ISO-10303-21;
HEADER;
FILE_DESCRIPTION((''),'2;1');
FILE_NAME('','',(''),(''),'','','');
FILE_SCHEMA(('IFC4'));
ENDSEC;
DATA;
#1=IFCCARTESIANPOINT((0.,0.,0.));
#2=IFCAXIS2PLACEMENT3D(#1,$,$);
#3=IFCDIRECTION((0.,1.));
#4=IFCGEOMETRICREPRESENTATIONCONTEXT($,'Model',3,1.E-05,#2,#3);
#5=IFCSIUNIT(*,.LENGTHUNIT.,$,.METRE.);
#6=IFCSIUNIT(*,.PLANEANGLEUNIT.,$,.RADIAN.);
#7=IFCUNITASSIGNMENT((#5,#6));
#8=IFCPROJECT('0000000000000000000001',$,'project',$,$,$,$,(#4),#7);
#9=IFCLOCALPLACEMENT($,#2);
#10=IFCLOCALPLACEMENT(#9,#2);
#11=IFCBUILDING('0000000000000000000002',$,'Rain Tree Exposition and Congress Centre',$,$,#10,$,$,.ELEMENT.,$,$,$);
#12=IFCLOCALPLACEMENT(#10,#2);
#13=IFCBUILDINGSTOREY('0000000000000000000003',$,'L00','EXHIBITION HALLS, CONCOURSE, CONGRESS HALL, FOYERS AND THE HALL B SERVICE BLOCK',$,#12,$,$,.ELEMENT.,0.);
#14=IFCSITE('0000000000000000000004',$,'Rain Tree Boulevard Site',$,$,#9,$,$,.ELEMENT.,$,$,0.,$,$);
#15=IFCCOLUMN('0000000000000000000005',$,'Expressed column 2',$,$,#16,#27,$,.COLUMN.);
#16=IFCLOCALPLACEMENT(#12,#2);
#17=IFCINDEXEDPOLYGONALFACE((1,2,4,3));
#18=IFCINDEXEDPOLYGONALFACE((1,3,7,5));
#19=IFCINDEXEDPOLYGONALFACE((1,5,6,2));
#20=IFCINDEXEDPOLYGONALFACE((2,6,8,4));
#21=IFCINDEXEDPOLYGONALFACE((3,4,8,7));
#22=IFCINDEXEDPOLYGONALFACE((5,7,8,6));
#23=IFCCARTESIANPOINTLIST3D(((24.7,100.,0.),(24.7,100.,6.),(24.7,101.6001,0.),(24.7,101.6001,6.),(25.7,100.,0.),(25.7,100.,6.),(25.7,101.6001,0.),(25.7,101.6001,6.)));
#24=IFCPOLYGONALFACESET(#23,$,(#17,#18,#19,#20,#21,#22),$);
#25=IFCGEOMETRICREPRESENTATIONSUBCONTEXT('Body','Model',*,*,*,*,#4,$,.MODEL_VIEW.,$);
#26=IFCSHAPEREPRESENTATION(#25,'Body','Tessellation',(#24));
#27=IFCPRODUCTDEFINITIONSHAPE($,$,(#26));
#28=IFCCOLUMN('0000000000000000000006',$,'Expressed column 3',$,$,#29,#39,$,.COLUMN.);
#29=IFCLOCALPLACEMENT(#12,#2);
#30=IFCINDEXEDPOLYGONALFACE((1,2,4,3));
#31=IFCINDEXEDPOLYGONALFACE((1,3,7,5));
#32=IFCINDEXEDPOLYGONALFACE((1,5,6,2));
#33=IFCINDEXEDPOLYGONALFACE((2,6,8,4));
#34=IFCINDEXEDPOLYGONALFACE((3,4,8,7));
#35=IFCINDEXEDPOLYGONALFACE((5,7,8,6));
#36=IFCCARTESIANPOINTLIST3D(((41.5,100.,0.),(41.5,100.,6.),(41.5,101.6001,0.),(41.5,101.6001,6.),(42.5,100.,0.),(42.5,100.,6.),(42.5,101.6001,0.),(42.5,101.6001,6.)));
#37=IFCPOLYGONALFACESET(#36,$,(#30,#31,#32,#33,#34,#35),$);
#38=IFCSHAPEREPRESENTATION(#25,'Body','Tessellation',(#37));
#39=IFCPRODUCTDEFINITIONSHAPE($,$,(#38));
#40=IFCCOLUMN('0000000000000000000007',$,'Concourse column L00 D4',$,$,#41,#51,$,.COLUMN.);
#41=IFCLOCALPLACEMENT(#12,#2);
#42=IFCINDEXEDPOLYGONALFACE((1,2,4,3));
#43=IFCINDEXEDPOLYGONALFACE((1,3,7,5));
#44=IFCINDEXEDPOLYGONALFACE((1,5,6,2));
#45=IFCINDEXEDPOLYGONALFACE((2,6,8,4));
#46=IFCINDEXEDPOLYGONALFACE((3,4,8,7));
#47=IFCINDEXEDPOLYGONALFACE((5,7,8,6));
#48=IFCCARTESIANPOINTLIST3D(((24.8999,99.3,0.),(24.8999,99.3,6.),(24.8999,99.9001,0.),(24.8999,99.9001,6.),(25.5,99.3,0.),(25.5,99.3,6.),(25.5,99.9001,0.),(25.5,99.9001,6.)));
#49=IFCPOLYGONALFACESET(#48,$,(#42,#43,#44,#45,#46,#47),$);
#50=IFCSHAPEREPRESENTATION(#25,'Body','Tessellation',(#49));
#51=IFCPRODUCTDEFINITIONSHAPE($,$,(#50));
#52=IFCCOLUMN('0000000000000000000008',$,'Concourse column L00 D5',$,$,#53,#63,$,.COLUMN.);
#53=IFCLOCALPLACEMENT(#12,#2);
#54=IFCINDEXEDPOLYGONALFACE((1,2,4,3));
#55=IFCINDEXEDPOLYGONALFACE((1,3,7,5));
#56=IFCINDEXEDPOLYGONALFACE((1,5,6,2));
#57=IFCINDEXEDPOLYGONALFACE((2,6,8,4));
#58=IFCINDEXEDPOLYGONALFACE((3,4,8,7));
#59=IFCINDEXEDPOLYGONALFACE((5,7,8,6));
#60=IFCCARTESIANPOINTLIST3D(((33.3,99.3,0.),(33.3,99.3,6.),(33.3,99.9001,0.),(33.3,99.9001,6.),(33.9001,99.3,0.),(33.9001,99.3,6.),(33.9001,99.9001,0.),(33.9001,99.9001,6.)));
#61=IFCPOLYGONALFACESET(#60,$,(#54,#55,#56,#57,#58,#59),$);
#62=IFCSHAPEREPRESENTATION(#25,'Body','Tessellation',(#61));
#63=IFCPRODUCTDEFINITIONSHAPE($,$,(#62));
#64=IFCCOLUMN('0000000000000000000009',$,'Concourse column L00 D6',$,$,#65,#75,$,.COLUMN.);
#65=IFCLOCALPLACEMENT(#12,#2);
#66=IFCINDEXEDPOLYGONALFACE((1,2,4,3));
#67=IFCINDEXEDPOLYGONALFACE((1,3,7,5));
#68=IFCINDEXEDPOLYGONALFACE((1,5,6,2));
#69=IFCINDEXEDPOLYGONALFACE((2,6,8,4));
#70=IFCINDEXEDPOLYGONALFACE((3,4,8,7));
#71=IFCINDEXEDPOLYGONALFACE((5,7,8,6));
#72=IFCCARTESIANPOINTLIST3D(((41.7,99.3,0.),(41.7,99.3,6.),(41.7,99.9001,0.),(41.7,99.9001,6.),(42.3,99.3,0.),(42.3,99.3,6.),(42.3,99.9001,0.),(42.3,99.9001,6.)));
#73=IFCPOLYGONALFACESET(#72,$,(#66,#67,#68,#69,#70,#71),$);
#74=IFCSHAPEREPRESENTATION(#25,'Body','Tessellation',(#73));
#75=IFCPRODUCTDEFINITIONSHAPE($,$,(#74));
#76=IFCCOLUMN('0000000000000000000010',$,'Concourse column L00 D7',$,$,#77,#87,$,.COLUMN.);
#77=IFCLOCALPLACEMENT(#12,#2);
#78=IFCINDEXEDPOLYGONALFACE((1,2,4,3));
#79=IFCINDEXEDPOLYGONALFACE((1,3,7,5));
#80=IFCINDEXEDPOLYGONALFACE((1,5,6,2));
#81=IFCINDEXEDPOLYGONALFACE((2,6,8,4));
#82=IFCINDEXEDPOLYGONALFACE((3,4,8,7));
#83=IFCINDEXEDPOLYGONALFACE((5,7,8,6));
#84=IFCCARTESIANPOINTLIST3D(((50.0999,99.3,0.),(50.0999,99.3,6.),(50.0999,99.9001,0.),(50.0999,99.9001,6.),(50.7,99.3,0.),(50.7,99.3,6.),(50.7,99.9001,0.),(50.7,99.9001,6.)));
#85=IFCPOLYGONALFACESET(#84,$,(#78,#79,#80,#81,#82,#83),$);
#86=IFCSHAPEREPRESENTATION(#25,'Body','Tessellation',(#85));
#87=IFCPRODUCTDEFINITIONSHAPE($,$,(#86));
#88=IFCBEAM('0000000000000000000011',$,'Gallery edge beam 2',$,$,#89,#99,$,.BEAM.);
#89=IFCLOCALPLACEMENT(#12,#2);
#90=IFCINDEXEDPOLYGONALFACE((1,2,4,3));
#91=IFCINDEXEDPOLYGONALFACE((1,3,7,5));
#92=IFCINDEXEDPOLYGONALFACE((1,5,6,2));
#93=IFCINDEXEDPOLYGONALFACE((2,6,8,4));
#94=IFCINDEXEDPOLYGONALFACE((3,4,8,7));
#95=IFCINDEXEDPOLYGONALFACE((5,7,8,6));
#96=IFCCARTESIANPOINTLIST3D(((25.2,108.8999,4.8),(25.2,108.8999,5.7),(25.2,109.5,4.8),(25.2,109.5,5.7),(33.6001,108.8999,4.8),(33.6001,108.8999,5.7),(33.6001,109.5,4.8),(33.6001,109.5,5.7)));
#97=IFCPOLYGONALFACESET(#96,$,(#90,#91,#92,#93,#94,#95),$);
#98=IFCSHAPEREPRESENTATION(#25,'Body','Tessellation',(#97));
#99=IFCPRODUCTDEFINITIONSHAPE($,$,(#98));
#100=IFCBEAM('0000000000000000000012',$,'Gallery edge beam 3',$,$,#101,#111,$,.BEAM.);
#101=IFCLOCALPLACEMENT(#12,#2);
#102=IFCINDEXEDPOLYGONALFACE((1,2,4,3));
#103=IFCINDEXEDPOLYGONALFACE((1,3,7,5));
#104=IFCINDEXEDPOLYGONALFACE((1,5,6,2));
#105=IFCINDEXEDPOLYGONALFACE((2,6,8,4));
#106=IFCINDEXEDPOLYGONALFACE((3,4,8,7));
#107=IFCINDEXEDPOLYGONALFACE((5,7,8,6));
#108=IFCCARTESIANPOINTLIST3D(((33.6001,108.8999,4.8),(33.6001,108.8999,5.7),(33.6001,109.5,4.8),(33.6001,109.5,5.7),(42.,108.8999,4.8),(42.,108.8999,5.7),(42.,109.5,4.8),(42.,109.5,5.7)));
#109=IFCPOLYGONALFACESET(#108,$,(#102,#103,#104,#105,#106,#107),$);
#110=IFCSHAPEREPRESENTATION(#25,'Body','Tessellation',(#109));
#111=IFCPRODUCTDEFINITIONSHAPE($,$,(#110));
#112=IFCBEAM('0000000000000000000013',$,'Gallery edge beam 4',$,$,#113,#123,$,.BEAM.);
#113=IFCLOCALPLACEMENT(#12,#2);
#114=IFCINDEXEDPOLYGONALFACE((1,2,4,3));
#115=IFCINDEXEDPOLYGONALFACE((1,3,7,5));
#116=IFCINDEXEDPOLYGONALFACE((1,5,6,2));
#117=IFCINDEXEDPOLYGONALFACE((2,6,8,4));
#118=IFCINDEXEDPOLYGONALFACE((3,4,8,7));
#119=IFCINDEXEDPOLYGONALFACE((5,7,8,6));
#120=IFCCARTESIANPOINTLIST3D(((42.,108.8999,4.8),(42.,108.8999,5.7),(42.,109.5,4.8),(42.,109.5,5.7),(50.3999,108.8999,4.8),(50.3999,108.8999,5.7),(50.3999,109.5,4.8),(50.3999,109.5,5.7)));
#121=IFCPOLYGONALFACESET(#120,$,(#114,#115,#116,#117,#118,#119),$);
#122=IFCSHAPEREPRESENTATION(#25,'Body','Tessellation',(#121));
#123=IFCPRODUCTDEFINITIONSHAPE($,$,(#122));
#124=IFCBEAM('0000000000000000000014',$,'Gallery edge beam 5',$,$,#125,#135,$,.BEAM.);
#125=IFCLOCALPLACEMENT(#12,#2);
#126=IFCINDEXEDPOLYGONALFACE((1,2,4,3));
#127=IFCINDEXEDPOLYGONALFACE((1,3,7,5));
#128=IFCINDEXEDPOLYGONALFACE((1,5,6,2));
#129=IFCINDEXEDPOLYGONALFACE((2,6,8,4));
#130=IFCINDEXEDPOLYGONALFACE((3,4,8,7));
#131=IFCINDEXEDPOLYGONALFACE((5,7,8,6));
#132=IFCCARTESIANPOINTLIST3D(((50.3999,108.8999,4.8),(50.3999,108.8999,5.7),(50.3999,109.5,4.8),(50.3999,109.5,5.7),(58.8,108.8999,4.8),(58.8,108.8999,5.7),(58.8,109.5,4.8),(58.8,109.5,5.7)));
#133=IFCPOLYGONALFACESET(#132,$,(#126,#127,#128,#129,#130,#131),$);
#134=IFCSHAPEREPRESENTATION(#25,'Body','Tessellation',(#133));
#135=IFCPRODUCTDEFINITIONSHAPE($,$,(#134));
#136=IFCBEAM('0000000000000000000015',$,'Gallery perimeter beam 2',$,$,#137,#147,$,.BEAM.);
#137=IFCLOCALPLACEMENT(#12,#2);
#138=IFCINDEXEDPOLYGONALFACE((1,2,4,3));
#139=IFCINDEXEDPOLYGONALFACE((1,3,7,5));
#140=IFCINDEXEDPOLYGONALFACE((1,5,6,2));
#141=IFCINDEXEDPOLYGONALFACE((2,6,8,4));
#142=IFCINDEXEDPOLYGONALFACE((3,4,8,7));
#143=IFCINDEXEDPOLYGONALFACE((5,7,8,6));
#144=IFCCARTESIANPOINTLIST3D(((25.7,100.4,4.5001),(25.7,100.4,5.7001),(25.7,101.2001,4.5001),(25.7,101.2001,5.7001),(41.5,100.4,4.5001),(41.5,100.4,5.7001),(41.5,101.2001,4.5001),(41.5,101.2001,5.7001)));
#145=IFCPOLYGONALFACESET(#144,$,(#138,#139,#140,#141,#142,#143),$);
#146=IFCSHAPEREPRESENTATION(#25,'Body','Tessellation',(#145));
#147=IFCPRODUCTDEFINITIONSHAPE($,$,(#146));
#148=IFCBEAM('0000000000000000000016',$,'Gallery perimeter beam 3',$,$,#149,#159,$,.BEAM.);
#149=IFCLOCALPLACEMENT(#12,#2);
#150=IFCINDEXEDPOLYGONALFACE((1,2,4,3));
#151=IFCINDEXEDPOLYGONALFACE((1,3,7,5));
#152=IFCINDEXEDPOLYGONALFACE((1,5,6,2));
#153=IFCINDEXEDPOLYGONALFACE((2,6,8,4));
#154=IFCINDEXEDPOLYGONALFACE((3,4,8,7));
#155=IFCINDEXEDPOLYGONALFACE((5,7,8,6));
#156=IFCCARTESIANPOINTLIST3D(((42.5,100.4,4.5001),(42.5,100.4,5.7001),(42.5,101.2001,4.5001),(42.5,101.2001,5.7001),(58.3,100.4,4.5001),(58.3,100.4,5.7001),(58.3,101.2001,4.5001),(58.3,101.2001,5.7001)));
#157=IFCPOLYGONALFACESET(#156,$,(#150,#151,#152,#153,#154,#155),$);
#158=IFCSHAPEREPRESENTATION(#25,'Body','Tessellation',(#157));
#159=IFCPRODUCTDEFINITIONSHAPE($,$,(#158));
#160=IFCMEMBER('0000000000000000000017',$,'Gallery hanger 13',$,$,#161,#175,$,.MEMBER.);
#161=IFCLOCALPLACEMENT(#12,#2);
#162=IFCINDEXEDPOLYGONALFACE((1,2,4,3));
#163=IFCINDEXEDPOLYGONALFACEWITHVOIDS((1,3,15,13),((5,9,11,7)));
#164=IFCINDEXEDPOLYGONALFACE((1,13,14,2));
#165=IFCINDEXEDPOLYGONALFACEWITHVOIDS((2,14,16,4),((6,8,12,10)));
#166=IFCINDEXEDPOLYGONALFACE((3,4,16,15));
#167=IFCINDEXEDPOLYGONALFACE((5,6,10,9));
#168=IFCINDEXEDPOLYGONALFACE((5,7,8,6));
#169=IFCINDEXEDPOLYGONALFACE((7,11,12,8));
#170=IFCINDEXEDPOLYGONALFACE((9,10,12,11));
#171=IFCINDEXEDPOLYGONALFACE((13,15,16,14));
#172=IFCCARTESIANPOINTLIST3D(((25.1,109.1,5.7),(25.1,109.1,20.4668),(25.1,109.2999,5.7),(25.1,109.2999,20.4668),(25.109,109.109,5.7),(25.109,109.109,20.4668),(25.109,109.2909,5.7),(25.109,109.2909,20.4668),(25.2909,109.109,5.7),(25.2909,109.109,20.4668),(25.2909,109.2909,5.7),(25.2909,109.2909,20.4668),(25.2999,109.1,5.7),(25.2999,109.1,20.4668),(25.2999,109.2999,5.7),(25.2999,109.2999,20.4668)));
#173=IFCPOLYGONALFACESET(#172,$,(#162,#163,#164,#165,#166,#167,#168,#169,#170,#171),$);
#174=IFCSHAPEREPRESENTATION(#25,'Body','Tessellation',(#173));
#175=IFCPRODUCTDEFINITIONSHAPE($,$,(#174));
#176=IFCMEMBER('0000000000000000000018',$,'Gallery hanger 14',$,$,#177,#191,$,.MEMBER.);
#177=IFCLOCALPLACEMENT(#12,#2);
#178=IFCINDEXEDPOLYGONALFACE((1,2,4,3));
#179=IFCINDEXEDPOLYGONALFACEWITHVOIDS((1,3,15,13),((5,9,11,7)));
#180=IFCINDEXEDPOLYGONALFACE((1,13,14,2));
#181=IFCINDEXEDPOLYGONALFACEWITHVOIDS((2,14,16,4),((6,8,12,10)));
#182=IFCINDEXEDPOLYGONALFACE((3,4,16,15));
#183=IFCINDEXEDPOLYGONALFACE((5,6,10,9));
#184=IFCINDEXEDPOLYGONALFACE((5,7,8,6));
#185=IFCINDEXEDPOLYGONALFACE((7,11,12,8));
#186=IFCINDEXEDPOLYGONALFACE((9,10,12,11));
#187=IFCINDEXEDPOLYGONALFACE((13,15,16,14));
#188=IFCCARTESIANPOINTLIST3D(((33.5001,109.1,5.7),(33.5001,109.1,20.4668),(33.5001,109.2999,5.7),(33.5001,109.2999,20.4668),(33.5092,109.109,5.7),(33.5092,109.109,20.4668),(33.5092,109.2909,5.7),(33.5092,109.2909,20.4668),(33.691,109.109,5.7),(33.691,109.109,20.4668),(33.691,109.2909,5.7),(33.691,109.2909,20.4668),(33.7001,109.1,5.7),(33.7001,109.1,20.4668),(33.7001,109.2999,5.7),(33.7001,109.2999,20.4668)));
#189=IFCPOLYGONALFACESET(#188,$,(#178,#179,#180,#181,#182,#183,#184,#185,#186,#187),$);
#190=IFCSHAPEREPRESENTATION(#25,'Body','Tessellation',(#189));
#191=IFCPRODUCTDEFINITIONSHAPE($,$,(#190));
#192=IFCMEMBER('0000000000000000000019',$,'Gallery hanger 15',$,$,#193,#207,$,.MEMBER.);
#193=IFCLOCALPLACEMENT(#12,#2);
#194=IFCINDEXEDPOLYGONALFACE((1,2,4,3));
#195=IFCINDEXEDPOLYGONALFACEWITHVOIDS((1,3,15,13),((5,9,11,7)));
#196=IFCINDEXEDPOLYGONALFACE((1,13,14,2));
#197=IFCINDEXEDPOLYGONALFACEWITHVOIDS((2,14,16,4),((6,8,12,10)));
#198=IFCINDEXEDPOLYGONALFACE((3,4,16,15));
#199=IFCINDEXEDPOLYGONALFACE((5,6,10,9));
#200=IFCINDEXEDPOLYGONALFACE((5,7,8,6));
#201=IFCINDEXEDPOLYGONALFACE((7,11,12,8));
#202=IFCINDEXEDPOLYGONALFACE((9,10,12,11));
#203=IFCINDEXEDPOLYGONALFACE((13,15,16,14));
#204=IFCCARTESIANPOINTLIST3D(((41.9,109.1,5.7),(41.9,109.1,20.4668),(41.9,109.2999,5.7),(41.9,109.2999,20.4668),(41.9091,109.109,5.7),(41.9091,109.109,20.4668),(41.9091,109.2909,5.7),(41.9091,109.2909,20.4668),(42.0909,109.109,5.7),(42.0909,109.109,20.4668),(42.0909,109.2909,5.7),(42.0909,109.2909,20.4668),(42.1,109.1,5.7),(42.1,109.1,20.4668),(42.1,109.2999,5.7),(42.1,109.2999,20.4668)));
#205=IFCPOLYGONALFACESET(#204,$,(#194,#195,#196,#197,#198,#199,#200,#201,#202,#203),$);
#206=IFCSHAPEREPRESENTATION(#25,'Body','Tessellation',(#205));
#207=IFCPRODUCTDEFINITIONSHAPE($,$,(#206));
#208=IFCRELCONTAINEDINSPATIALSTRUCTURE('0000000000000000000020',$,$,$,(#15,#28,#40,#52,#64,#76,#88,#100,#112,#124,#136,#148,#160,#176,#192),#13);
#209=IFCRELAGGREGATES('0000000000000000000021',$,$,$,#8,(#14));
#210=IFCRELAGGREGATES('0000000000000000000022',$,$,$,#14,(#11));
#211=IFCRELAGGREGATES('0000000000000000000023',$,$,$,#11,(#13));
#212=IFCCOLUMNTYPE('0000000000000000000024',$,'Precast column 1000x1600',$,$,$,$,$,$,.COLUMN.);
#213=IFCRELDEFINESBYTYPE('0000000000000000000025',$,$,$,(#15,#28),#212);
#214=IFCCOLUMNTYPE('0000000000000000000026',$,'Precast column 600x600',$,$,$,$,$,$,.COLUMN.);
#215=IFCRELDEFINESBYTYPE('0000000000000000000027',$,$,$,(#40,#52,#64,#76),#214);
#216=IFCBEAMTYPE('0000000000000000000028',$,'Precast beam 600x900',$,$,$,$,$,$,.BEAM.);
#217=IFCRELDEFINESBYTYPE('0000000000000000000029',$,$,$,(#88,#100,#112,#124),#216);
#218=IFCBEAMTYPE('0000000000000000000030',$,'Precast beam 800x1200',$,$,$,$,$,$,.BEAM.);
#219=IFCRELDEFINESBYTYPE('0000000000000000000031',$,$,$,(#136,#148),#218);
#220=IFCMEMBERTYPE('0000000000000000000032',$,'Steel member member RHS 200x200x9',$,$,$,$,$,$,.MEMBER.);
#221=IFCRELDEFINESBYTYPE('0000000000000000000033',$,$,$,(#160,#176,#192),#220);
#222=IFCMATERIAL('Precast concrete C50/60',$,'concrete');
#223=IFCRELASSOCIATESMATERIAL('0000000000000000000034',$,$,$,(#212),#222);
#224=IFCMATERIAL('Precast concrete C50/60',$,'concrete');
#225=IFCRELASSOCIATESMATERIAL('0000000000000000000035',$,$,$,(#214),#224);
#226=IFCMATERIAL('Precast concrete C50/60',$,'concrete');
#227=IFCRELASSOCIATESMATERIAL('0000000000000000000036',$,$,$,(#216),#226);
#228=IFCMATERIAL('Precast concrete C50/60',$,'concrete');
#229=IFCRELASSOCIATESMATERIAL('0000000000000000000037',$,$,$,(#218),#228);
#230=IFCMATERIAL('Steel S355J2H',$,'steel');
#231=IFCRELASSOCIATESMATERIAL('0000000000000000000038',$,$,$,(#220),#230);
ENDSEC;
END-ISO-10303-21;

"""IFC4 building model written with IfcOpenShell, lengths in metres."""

from ifc_helpers import new_model, si_unit, direction, frame, origin, origin_2d, place, context, subcontext, project, spatial, rectangle, hollow_rectangle, extrude, material, material_profile, profile_set, type_object, element, save


model = new_model("IFC4")

# Units and contexts
model_context = context("Model", 3, precision=1e-05, world=origin(), true_north=direction((0.0, 1.0)))
body_context = subcontext(model_context, "Body", "Model", "MODEL_VIEW")
ifc_project = project(units=[si_unit("LENGTHUNIT", "METRE"), si_unit("PLANEANGLEUNIT", "RADIAN")], contexts=[model_context])

# Site, building, storey
site_placement = place(None, origin())
site = spatial("IfcSite", under=ifc_project, at=site_placement, Name="Rain Tree Boulevard Site", CompositionType="ELEMENT", RefElevation=0.0)
building_placement = place(site_placement, origin())
building = spatial("IfcBuilding", under=site, at=building_placement, Name="Rain Tree Exposition and Congress Centre", CompositionType="ELEMENT")
storey_placement = place(building_placement, origin())
storey = spatial("IfcBuildingStorey", under=building, at=storey_placement, Name="L00", Description="EXHIBITION HALLS, CONCOURSE, CONGRESS HALL, FOYERS AND THE HALL B SERVICE BLOCK", CompositionType="ELEMENT", Elevation=0.0)

# Columns
ifc_material_1 = material(Name="Precast concrete C50/60", Category="concrete")
ifc_material_profile_1 = material_profile(ifc_material_1, rectangle(XDim=1.0, YDim=1.6001, at=origin_2d()), Name="RC 1000x1600")
ifc_profile_set_1 = profile_set([ifc_material_profile_1], Name="Precast concrete C50/60")
column_type_1 = type_object("IfcColumnType", Name="Precast column 1000x1600", PredefinedType="COLUMN", material=ifc_profile_set_1)
for number, where, z_axis, x_axis, name in (
    (1, (25.2, 100.8, 0.0), (0.0, 0.0, 1.0), (1.0, 0.0, 0.0), "Expressed column 2"),
    (2, (42.0, 100.8, 0.0), (0.0, 0.0, 1.0), (1.0, 0.0, 0.0), "Expressed column 3"),
):
    element("IfcColumn", number, at=place(storey_placement, frame(where, z_axis=z_axis, x_axis=x_axis)), inside=storey, type_object=column_type_1, Name=name, PredefinedType="COLUMN", context=body_context, shape_type="SweptSolid", body=[
        extrude(rectangle(XDim=1.0, YDim=1.6001, at=origin_2d()), origin(), (0.0, 0.0, 1.0), 6.0),
    ])
ifc_material_2 = material(Name="Precast concrete C50/60", Category="concrete")
ifc_material_profile_2 = material_profile(ifc_material_2, rectangle(XDim=0.6001, YDim=0.6001, at=origin_2d()), Name="RC 600x600")
ifc_profile_set_2 = profile_set([ifc_material_profile_2], Name="Precast concrete C50/60")
column_type_2 = type_object("IfcColumnType", Name="Precast column 600x600", PredefinedType="COLUMN", material=ifc_profile_set_2)
for number, where, z_axis, x_axis, name in (
    (3, (25.2, 99.6001, 0.0), (0.0, 0.0, 1.0), (1.0, 0.0, 0.0), "Concourse column L00 D4"),
    (4, (33.6001, 99.6001, 0.0), (0.0, 0.0, 1.0), (1.0, 0.0, 0.0), "Concourse column L00 D5"),
    (5, (42.0, 99.6001, 0.0), (0.0, 0.0, 1.0), (1.0, 0.0, 0.0), "Concourse column L00 D6"),
    (6, (50.3999, 99.6001, 0.0), (0.0, 0.0, 1.0), (1.0, 0.0, 0.0), "Concourse column L00 D7"),
):
    element("IfcColumn", number, at=place(storey_placement, frame(where, z_axis=z_axis, x_axis=x_axis)), inside=storey, type_object=column_type_2, Name=name, PredefinedType="COLUMN", context=body_context, shape_type="SweptSolid", body=[
        extrude(rectangle(XDim=0.6001, YDim=0.6001, at=origin_2d()), origin(), (0.0, 0.0, 1.0), 6.0),
    ])

# Beams
ifc_material_3 = material(Name="Precast concrete C50/60", Category="concrete")
ifc_material_profile_3 = material_profile(ifc_material_3, rectangle(XDim=0.6001, YDim=0.8999, at=origin_2d()), Name="RC 600x900")
ifc_profile_set_3 = profile_set([ifc_material_profile_3], Name="Precast concrete C50/60")
beam_type_1 = type_object("IfcBeamType", Name="Precast beam 600x900", PredefinedType="BEAM", material=ifc_profile_set_3)
beam_1_placement = place(storey_placement, frame((25.2, 109.2, 5.25), z_axis=(1.0, 0.0, 0.0), x_axis=(0.0, 1.0, 0.0)))
element("IfcBeam", 7, at=beam_1_placement, inside=storey, type_object=beam_type_1, Name="Gallery edge beam 2", PredefinedType="BEAM", context=body_context, shape_type="SweptSolid", body=[
    extrude(rectangle(XDim=0.6001, YDim=0.8999, at=origin_2d()), origin(), (0.0, 0.0, 1.0), 8.4001),
])
for number, where, z_axis, x_axis, name in (
    (8, (33.6001, 109.2, 5.25), (1.0, 0.0, 0.0), (0.0, 1.0, 0.0), "Gallery edge beam 3"),
    (9, (42.0, 109.2, 5.25), (1.0, 0.0, 0.0), (0.0, 1.0, 0.0), "Gallery edge beam 4"),
):
    element("IfcBeam", number, at=place(storey_placement, frame(where, z_axis=z_axis, x_axis=x_axis)), inside=storey, type_object=beam_type_1, Name=name, PredefinedType="BEAM", context=body_context, shape_type="SweptSolid", body=[
        extrude(rectangle(XDim=0.6001, YDim=0.8999, at=origin_2d()), origin(), (0.0, 0.0, 1.0), 8.3999),
    ])
beam_2_placement = place(storey_placement, frame((50.3999, 109.2, 5.25), z_axis=(1.0, 0.0, 0.0), x_axis=(0.0, 1.0, 0.0)))
element("IfcBeam", 10, at=beam_2_placement, inside=storey, type_object=beam_type_1, Name="Gallery edge beam 5", PredefinedType="BEAM", context=body_context, shape_type="SweptSolid", body=[
    extrude(rectangle(XDim=0.6001, YDim=0.8999, at=origin_2d()), origin(), (0.0, 0.0, 1.0), 8.4001),
])
ifc_material_4 = material(Name="Precast concrete C50/60", Category="concrete")
ifc_material_profile_4 = material_profile(ifc_material_4, rectangle(XDim=0.8, YDim=1.2, at=origin_2d()), Name="RC 800x1200")
ifc_profile_set_4 = profile_set([ifc_material_profile_4], Name="Precast concrete C50/60")
beam_type_2 = type_object("IfcBeamType", Name="Precast beam 800x1200", PredefinedType="BEAM", material=ifc_profile_set_4)
for number, where, z_axis, x_axis, name in (
    (11, (25.7, 100.8, 5.1001), (1.0, 0.0, 0.0), (0.0, 1.0, 0.0), "Gallery perimeter beam 2"),
    (12, (42.5, 100.8, 5.1001), (1.0, 0.0, 0.0), (0.0, 1.0, 0.0), "Gallery perimeter beam 3"),
):
    element("IfcBeam", number, at=place(storey_placement, frame(where, z_axis=z_axis, x_axis=x_axis)), inside=storey, type_object=beam_type_2, Name=name, PredefinedType="BEAM", context=body_context, shape_type="SweptSolid", body=[
        extrude(rectangle(XDim=0.8, YDim=1.2, at=origin_2d()), origin(), (0.0, 0.0, 1.0), 15.8),
    ])

# Members
ifc_material_5 = material(Name="Steel S355J2H", Category="steel")
ifc_material_profile_5 = material_profile(ifc_material_5, hollow_rectangle(XDim=0.2, YDim=0.2, WallThickness=0.009, at=origin_2d()), Name="RHS 200x200x9")
ifc_profile_set_5 = profile_set([ifc_material_profile_5], Name="Steel S355J2H")
member_type = type_object("IfcMemberType", Name="Steel member member RHS 200x200x9", PredefinedType="MEMBER", material=ifc_profile_set_5)
for number, where, z_axis, x_axis, name in (
    (13, (25.2, 109.2, 5.7), (0.0, 0.0, 1.0), (1.0, 0.0, 0.0), "Gallery hanger 13"),
    (14, (33.6001, 109.2, 5.7), (0.0, 0.0, 1.0), (1.0, 0.0, 0.0), "Gallery hanger 14"),
    (15, (42.0, 109.2, 5.7), (0.0, 0.0, 1.0), (1.0, 0.0, 0.0), "Gallery hanger 15"),
):
    element("IfcMember", number, at=place(storey_placement, frame(where, z_axis=z_axis, x_axis=x_axis)), inside=storey, type_object=member_type, Name=name, PredefinedType="MEMBER", context=body_context, shape_type="SweptSolid", body=[
        extrude(hollow_rectangle(XDim=0.2, YDim=0.2, WallThickness=0.009, at=origin_2d()), origin(), (0.0, 0.0, 1.0), 14.7668),
    ])

save(model, "model.ifc")
